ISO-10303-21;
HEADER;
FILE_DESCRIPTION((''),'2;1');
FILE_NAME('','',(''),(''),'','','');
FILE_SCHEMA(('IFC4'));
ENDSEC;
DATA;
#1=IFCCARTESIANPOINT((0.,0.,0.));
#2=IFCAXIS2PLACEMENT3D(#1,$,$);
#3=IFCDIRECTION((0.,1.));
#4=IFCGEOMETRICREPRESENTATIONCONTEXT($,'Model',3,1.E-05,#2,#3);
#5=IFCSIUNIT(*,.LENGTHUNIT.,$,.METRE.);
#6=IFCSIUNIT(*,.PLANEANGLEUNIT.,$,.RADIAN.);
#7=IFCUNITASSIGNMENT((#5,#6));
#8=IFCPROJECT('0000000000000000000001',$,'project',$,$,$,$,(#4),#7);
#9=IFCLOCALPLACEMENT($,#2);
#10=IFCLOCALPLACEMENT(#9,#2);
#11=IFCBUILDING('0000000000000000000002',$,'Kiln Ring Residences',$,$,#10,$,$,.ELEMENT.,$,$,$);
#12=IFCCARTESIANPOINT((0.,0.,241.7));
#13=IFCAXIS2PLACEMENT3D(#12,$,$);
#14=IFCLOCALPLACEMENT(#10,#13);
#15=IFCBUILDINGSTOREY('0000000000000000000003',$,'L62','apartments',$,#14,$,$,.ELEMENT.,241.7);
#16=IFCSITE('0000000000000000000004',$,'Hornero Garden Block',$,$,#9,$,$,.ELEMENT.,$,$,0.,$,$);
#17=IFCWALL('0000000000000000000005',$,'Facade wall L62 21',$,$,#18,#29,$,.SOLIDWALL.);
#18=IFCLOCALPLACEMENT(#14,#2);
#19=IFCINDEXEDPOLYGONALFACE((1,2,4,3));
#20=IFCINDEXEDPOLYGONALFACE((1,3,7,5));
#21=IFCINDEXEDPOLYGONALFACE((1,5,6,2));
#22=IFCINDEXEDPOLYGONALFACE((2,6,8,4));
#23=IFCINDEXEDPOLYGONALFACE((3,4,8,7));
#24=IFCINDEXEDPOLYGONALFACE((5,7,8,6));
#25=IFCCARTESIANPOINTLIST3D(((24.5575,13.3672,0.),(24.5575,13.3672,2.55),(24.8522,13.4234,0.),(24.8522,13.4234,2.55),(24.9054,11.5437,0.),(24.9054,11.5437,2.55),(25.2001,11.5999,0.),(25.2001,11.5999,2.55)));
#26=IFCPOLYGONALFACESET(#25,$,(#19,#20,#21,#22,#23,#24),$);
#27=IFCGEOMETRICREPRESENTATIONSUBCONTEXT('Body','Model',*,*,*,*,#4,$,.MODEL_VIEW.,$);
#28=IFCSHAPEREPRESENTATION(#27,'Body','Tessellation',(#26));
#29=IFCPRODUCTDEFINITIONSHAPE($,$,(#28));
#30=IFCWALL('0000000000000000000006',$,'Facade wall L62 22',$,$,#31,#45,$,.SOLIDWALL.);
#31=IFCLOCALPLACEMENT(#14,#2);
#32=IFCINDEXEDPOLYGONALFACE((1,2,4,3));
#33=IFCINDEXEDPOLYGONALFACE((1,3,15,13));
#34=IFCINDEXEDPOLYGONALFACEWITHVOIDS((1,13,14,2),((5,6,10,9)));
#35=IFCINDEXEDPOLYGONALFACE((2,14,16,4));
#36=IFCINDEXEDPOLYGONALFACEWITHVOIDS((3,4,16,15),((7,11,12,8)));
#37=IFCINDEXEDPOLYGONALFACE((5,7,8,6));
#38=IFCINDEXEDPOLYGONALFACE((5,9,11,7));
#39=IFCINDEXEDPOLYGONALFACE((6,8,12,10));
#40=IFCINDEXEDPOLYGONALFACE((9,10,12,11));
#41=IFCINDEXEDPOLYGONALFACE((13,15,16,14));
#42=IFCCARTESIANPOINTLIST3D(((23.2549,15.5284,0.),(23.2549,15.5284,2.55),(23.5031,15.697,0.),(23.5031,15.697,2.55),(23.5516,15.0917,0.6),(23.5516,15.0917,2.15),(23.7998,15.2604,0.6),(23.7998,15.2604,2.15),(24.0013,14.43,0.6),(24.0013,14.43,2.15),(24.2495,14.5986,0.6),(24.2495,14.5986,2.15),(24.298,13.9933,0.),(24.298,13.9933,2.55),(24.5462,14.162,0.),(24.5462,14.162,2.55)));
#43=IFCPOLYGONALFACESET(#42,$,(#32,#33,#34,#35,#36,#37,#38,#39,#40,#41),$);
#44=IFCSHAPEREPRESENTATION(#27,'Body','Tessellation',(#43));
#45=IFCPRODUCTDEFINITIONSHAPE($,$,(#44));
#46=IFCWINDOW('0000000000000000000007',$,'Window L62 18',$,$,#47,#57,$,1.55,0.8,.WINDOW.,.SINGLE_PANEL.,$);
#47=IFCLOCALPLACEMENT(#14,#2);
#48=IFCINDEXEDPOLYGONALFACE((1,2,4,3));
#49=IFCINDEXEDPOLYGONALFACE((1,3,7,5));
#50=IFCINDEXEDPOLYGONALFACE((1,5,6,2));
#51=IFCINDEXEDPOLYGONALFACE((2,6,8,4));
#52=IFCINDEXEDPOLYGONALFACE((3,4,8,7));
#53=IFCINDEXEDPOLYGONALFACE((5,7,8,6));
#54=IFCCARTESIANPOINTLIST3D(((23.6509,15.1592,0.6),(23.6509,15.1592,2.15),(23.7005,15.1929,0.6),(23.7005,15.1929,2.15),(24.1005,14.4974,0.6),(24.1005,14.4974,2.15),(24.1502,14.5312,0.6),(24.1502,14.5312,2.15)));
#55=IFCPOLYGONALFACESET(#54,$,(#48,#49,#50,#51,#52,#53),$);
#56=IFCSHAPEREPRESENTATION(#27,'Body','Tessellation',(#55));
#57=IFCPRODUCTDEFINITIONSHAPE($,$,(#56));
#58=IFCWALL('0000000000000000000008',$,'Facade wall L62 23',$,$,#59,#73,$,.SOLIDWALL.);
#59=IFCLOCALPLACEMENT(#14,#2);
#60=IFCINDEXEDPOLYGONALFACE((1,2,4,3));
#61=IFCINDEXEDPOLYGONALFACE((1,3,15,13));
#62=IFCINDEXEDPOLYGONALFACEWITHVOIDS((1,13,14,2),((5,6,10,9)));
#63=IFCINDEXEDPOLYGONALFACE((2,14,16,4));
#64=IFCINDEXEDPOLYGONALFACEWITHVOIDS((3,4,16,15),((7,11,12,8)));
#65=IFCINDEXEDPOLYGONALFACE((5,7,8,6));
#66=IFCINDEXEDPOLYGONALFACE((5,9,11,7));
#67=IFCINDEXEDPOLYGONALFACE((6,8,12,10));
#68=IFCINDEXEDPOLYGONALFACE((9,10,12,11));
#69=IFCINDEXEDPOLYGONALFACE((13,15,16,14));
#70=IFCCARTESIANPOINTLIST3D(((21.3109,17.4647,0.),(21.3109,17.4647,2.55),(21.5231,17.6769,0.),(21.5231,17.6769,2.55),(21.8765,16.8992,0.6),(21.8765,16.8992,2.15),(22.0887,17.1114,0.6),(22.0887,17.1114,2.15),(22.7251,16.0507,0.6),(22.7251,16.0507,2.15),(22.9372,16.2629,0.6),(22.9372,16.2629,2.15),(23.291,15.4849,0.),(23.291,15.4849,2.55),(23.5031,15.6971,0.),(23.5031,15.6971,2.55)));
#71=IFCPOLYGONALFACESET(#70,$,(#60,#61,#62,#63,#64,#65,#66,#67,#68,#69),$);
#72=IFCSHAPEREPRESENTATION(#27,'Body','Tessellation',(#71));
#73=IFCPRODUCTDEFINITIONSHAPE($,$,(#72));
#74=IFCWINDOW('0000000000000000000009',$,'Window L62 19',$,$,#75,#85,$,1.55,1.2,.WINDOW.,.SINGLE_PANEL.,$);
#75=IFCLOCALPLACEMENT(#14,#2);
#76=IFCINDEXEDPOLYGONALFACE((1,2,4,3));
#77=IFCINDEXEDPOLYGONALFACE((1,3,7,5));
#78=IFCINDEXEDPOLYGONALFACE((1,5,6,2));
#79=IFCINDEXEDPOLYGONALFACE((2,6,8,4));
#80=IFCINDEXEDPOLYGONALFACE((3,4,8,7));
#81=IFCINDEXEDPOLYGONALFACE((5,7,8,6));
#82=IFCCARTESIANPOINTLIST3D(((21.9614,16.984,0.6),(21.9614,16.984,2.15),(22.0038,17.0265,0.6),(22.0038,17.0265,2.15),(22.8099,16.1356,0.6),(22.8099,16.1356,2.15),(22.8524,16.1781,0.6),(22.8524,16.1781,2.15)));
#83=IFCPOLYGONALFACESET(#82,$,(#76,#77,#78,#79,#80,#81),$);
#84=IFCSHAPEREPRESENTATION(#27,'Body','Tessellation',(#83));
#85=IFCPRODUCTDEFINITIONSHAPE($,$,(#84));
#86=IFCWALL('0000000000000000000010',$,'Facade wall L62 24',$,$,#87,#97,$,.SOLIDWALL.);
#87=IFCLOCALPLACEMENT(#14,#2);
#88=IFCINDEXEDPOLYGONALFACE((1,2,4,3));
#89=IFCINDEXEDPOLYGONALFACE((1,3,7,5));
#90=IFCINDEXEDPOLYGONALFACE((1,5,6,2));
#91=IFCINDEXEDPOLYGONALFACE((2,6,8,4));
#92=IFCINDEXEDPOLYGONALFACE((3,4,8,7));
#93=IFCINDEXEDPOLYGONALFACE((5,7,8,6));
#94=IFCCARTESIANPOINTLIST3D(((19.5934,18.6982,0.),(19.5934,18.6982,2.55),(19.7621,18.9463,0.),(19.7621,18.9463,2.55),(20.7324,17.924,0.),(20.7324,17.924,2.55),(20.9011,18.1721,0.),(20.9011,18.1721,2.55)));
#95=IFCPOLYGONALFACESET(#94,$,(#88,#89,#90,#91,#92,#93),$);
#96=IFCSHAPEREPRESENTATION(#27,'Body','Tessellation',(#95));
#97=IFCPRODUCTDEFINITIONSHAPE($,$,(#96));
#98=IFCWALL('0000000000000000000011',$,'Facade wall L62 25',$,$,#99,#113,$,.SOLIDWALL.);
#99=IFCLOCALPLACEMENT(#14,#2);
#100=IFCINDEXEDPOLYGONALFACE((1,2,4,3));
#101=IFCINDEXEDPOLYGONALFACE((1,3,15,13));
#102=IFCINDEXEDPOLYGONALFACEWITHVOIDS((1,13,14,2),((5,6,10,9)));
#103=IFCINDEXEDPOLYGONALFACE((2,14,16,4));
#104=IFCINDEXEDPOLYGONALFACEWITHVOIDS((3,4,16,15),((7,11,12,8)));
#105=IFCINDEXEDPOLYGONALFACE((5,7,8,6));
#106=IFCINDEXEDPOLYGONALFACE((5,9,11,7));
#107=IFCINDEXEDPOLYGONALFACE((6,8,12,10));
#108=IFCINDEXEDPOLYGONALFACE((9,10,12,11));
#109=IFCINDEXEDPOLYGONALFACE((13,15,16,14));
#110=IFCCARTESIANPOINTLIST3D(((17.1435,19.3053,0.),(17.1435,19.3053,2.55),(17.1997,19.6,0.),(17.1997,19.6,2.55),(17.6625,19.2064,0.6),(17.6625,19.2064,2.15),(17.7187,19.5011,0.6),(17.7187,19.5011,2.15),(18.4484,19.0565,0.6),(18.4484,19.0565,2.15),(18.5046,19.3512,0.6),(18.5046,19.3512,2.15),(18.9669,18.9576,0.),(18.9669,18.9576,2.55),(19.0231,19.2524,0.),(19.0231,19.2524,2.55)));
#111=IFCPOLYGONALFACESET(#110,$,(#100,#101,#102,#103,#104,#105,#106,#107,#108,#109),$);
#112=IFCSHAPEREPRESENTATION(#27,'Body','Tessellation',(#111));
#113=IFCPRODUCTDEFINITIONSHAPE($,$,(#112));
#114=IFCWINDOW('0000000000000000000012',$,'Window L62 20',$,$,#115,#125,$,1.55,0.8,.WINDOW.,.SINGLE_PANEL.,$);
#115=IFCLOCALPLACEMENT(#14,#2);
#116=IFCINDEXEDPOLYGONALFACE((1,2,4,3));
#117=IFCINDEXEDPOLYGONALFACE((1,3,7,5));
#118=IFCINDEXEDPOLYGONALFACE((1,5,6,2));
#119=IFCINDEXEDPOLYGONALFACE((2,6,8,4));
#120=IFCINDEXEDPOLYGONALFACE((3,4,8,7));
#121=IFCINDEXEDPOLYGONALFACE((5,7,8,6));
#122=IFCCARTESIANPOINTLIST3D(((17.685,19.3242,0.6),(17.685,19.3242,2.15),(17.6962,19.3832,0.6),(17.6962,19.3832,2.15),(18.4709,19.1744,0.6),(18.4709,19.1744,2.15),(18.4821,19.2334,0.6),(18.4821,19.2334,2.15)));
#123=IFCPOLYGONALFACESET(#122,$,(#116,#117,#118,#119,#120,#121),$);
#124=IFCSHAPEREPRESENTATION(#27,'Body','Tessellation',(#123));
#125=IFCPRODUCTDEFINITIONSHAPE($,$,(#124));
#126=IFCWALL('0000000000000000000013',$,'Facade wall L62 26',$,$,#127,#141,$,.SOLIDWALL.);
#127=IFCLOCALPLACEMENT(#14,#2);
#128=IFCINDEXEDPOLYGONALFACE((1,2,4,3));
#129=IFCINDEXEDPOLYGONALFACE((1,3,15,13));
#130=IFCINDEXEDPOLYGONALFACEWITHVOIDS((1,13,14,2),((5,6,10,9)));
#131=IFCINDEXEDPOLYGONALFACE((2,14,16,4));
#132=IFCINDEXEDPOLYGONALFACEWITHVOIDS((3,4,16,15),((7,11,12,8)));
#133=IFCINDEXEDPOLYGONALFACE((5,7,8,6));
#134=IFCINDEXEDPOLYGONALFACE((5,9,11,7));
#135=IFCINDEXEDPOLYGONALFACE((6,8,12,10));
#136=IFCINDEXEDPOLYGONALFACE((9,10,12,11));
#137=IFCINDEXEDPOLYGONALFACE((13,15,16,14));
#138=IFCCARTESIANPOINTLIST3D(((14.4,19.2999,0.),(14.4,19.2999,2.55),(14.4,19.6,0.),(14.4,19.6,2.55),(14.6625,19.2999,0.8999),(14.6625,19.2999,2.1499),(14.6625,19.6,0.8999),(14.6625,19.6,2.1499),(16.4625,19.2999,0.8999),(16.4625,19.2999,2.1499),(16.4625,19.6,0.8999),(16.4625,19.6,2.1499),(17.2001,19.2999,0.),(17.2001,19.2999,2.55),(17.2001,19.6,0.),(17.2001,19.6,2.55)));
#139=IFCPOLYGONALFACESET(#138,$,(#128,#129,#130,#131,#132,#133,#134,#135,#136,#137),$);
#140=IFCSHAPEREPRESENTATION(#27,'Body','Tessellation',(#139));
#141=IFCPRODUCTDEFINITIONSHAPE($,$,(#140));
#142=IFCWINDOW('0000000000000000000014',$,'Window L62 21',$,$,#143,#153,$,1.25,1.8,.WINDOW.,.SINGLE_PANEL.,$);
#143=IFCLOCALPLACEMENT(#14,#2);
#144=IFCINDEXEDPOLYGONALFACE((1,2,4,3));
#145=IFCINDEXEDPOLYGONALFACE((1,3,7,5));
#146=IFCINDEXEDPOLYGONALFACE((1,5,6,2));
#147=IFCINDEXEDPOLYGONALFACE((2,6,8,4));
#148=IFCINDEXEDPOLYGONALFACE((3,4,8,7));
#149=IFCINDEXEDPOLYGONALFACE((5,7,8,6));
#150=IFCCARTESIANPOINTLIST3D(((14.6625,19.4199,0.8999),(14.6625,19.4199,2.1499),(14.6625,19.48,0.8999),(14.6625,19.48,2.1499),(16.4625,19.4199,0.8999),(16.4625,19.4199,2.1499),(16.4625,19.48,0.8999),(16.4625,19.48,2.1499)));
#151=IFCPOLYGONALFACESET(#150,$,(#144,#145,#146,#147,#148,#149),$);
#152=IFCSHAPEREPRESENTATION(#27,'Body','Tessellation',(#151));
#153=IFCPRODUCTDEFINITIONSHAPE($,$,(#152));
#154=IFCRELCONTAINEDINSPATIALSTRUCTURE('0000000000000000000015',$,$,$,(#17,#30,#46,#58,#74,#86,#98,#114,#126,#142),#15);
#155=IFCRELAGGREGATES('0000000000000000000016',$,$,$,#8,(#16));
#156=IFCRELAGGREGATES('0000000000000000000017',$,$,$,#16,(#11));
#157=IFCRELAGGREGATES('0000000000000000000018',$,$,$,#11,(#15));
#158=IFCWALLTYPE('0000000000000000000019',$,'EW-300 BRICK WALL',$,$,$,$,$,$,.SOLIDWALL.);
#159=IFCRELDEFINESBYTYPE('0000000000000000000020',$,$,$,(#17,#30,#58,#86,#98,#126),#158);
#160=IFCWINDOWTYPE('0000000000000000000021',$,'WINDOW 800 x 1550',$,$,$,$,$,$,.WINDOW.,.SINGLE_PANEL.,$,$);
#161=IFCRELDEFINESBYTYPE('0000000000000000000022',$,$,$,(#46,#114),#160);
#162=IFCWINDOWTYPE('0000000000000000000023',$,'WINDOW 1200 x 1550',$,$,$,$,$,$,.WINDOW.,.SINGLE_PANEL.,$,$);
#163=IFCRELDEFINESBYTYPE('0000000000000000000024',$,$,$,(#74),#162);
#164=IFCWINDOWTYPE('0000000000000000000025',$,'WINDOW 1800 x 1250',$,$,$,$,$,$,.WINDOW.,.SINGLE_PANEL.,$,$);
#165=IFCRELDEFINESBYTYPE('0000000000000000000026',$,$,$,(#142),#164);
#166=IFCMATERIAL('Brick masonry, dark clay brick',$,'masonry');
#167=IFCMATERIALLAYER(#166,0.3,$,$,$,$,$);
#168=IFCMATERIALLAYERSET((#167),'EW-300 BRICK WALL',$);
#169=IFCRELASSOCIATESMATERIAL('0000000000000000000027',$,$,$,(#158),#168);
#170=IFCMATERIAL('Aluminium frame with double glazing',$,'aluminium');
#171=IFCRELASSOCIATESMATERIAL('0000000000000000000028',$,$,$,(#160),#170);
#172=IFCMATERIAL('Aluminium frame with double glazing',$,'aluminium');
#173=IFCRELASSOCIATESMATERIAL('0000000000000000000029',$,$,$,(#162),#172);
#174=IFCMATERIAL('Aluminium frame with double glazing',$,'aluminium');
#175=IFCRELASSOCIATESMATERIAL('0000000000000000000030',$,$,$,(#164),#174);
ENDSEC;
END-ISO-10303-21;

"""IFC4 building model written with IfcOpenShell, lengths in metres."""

from ifc_helpers import new_model, si_unit, direction, frame, frame_2d, origin, place, context, subcontext, project, spatial, rectangle, extrude, material, layer, layer_set, type_object, element, fill, save


model = new_model("IFC4")

# Units and contexts
model_context = context("Model", 3, precision=1e-05, world=origin(), true_north=direction((0.0, 1.0)))
body_context = subcontext(model_context, "Body", "Model", "MODEL_VIEW")
ifc_project = project(units=[si_unit("LENGTHUNIT", "METRE"), si_unit("PLANEANGLEUNIT", "RADIAN")], contexts=[model_context])

# Site, building, storey
site_placement = place(None, origin())
site = spatial("IfcSite", under=ifc_project, at=site_placement, Name="Hornero Garden Block", CompositionType="ELEMENT", RefElevation=0.0)
building_placement = place(site_placement, origin())
building = spatial("IfcBuilding", under=site, at=building_placement, Name="Kiln Ring Residences", CompositionType="ELEMENT")
storey_placement = place(building_placement, frame((0.0, 0.0, 241.7)))
storey = spatial("IfcBuildingStorey", under=building, at=storey_placement, Name="L62", Description="apartments", CompositionType="ELEMENT", Elevation=241.7)

# Wall
ifc_material_1 = material(Name="Brick masonry, dark clay brick", Category="masonry")
ifc_layer_1 = layer(ifc_material_1, 0.3)
ifc_layer_set_1 = layer_set([ifc_layer_1], Name="EW-300 BRICK WALL")
wall_type_1 = type_object("IfcWallType", Name="EW-300 BRICK WALL", PredefinedType="SOLIDWALL", material=ifc_layer_set_1)
wall_1_placement = place(storey_placement, frame((25.0527, 11.5718, 0.0), z_axis=(0.0, 0.0, 1.0), x_axis=(-0.187408, 0.982282, 0.0)))
element("IfcWall", 1, at=wall_1_placement, inside=storey, type_object=wall_type_1, Name="Facade wall L62 21", PredefinedType="SOLIDWALL", context=body_context, shape_type="SweptSolid", body=[
    extrude(rectangle(XDim=1.8564, YDim=0.3, at=frame_2d((0.9282, 0.0))), origin(), (0.0, 0.0, 1.0), 2.55),
])

# Walls, openings, windows
wall_2_placement = place(storey_placement, frame((24.4221, 14.0776, 0.0), z_axis=(0.0, 0.0, 1.0), x_axis=(-0.562055, 0.8271, 0.0)))
wall_2 = element("IfcWall", 2, at=wall_2_placement, inside=storey, type_object=wall_type_1, Name="Facade wall L62 22", PredefinedType="SOLIDWALL", context=body_context, shape_type="SweptSolid", body=[
    extrude(rectangle(XDim=1.856, YDim=0.3, at=frame_2d((0.928, 0.0))), origin(), (0.0, 0.0, 1.0), 2.55),
])
opening_1_placement = place(wall_2_placement, frame((0.5281, 0.0, 0.6001)))
opening_1 = element("IfcOpeningElement", 3, at=opening_1_placement, cuts=wall_2, PredefinedType="OPENING", context=body_context, shape_type="SweptSolid", body=[
    extrude(rectangle(XDim=0.8, YDim=1.55, at=frame_2d((0.3999, 0.7749))), frame((0.0, 0.1599, 0.0), z_axis=(0.0, -1.0, 0.0), x_axis=(1.0, 0.0, 0.0)), (0.0, 0.0, 1.0), 0.3201),
])
ifc_material_2 = material(Name="Aluminium frame with double glazing", Category="aluminium")
window_type_1 = type_object("IfcWindowType", Name="WINDOW 800 x 1550", PartitioningType="SINGLE_PANEL", PredefinedType="WINDOW", material=ifc_material_2)
window_1_placement = place(opening_1_placement, origin())
window_1 = element("IfcWindow", 4, at=window_1_placement, inside=storey, type_object=window_type_1, Name="Window L62 18", OverallHeight=1.55, OverallWidth=0.8, PartitioningType="SINGLE_PANEL", PredefinedType="WINDOW", context=body_context, shape_type="SweptSolid", body=[
    extrude(rectangle(XDim=0.8, YDim=1.55, at=frame_2d((0.3999, 0.7749))), frame((0.0, 0.03, 0.0), z_axis=(0.0, -1.0, 0.0), x_axis=(1.0, 0.0, 0.0)), (0.0, 0.0, 1.0), 0.0601),
])
fill(opening_1, window_1)
wall_3_placement = place(storey_placement, frame((23.397, 15.5911, 0.0), z_axis=(0.0, 0.0, 1.0), x_axis=(-0.70715, 0.707063, 0.0)))
wall_3 = element("IfcWall", 5, at=wall_3_placement, inside=storey, type_object=wall_type_1, Name="Facade wall L62 23", PredefinedType="SOLIDWALL", context=body_context, shape_type="SweptSolid", body=[
    extrude(rectangle(XDim=2.8, YDim=0.3, at=frame_2d((1.3999, 0.0))), origin(), (0.0, 0.0, 1.0), 2.55),
])
opening_2_placement = place(wall_3_placement, frame((0.8, 0.0, 0.6001)))
opening_2 = element("IfcOpeningElement", 6, at=opening_2_placement, cuts=wall_3, PredefinedType="OPENING", context=body_context, shape_type="SweptSolid", body=[
    extrude(rectangle(XDim=1.2, YDim=1.55, at=frame_2d((0.6001, 0.7749))), frame((0.0, 0.1599, 0.0), z_axis=(0.0, -1.0, 0.0), x_axis=(1.0, 0.0, 0.0)), (0.0, 0.0, 1.0), 0.3201),
])
ifc_material_3 = material(Name="Aluminium frame with double glazing", Category="aluminium")
window_type_2 = type_object("IfcWindowType", Name="WINDOW 1200 x 1550", PartitioningType="SINGLE_PANEL", PredefinedType="WINDOW", material=ifc_material_3)
window_2_placement = place(opening_2_placement, origin())
window_2 = element("IfcWindow", 7, at=window_2_placement, inside=storey, type_object=window_type_2, Name="Window L62 19", OverallHeight=1.55, OverallWidth=1.2, PartitioningType="SINGLE_PANEL", PredefinedType="WINDOW", context=body_context, shape_type="SweptSolid", body=[
    extrude(rectangle(XDim=1.2, YDim=1.55, at=frame_2d((0.6001, 0.7749))), frame((0.0, 0.03, 0.0), z_axis=(0.0, -1.0, 0.0), x_axis=(1.0, 0.0, 0.0)), (0.0, 0.0, 1.0), 0.0601),
])
fill(opening_2, window_2)

# Wall
wall_4_placement = place(storey_placement, frame((20.8167, 18.0481, 0.0), z_axis=(0.0, 0.0, 1.0), x_axis=(-0.827025, 0.562165, 0.0)))
element("IfcWall", 8, at=wall_4_placement, inside=storey, type_object=wall_type_1, Name="Facade wall L62 24", PredefinedType="SOLIDWALL", context=body_context, shape_type="SweptSolid", body=[
    extrude(rectangle(XDim=1.3772, YDim=0.3, at=frame_2d((0.6885, 0.0))), origin(), (0.0, 0.0, 1.0), 2.55),
])

# Walls, openings, windows
wall_5_placement = place(storey_placement, frame((18.9951, 19.105, 0.0), z_axis=(0.0, 0.0, 1.0), x_axis=(-0.982302, 0.187306, 0.0)))
wall_5 = element("IfcWall", 9, at=wall_5_placement, inside=storey, type_object=wall_type_1, Name="Facade wall L62 25", PredefinedType="SOLIDWALL", context=body_context, shape_type="SweptSolid", body=[
    extrude(rectangle(XDim=1.8562, YDim=0.3, at=frame_2d((0.9282, 0.0))), origin(), (0.0, 0.0, 1.0), 2.55),
])
opening_3_placement = place(wall_5_placement, frame((0.5281, 0.0, 0.6001)))
opening_3 = element("IfcOpeningElement", 10, at=opening_3_placement, cuts=wall_5, PredefinedType="OPENING", context=body_context, shape_type="SweptSolid", body=[
    extrude(rectangle(XDim=0.8, YDim=1.55, at=frame_2d((0.3999, 0.7749))), frame((0.0, 0.1599, 0.0), z_axis=(0.0, -1.0, 0.0), x_axis=(1.0, 0.0, 0.0)), (0.0, 0.0, 1.0), 0.3201),
])
window_3_placement = place(opening_3_placement, origin())
window_3 = element("IfcWindow", 11, at=window_3_placement, inside=storey, type_object=window_type_1, Name="Window L62 20", OverallHeight=1.55, OverallWidth=0.8, PartitioningType="SINGLE_PANEL", PredefinedType="WINDOW", context=body_context, shape_type="SweptSolid", body=[
    extrude(rectangle(XDim=0.8, YDim=1.55, at=frame_2d((0.3999, 0.7749))), frame((0.0, 0.03, 0.0), z_axis=(0.0, -1.0, 0.0), x_axis=(1.0, 0.0, 0.0)), (0.0, 0.0, 1.0), 0.0601),
])
fill(opening_3, window_3)
wall_6_placement = place(storey_placement, frame((17.2, 19.45, 0.0), z_axis=(0.0, 0.0, 1.0), x_axis=(-1.0, 0.0, 0.0)))
wall_6 = element("IfcWall", 12, at=wall_6_placement, inside=storey, type_object=wall_type_1, Name="Facade wall L62 26", PredefinedType="SOLIDWALL", context=body_context, shape_type="SweptSolid", body=[
    extrude(rectangle(XDim=2.8, YDim=0.3, at=frame_2d((1.3999, 0.0))), origin(), (0.0, 0.0, 1.0), 2.55),
])
opening_4_placement = place(wall_6_placement, frame((0.7375, 0.0, 0.8999)))
opening_4 = element("IfcOpeningElement", 13, at=opening_4_placement, cuts=wall_6, PredefinedType="OPENING", context=body_context, shape_type="SweptSolid", body=[
    extrude(rectangle(XDim=1.8, YDim=1.25, at=frame_2d((0.8999, 0.625))), frame((0.0, 0.1599, 0.0), z_axis=(0.0, -1.0, 0.0), x_axis=(1.0, 0.0, 0.0)), (0.0, 0.0, 1.0), 0.3201),
])
ifc_material_4 = material(Name="Aluminium frame with double glazing", Category="aluminium")
window_type_3 = type_object("IfcWindowType", Name="WINDOW 1800 x 1250", PartitioningType="SINGLE_PANEL", PredefinedType="WINDOW", material=ifc_material_4)
window_4_placement = place(opening_4_placement, origin())
window_4 = element("IfcWindow", 14, at=window_4_placement, inside=storey, type_object=window_type_3, Name="Window L62 21", OverallHeight=1.25, OverallWidth=1.8, PartitioningType="SINGLE_PANEL", PredefinedType="WINDOW", context=body_context, shape_type="SweptSolid", body=[
    extrude(rectangle(XDim=1.8, YDim=1.25, at=frame_2d((0.8999, 0.625))), frame((0.0, 0.03, 0.0), z_axis=(0.0, -1.0, 0.0), x_axis=(1.0, 0.0, 0.0)), (0.0, 0.0, 1.0), 0.0601),
])
fill(opening_4, window_4)

save(model, "model.ifc")
